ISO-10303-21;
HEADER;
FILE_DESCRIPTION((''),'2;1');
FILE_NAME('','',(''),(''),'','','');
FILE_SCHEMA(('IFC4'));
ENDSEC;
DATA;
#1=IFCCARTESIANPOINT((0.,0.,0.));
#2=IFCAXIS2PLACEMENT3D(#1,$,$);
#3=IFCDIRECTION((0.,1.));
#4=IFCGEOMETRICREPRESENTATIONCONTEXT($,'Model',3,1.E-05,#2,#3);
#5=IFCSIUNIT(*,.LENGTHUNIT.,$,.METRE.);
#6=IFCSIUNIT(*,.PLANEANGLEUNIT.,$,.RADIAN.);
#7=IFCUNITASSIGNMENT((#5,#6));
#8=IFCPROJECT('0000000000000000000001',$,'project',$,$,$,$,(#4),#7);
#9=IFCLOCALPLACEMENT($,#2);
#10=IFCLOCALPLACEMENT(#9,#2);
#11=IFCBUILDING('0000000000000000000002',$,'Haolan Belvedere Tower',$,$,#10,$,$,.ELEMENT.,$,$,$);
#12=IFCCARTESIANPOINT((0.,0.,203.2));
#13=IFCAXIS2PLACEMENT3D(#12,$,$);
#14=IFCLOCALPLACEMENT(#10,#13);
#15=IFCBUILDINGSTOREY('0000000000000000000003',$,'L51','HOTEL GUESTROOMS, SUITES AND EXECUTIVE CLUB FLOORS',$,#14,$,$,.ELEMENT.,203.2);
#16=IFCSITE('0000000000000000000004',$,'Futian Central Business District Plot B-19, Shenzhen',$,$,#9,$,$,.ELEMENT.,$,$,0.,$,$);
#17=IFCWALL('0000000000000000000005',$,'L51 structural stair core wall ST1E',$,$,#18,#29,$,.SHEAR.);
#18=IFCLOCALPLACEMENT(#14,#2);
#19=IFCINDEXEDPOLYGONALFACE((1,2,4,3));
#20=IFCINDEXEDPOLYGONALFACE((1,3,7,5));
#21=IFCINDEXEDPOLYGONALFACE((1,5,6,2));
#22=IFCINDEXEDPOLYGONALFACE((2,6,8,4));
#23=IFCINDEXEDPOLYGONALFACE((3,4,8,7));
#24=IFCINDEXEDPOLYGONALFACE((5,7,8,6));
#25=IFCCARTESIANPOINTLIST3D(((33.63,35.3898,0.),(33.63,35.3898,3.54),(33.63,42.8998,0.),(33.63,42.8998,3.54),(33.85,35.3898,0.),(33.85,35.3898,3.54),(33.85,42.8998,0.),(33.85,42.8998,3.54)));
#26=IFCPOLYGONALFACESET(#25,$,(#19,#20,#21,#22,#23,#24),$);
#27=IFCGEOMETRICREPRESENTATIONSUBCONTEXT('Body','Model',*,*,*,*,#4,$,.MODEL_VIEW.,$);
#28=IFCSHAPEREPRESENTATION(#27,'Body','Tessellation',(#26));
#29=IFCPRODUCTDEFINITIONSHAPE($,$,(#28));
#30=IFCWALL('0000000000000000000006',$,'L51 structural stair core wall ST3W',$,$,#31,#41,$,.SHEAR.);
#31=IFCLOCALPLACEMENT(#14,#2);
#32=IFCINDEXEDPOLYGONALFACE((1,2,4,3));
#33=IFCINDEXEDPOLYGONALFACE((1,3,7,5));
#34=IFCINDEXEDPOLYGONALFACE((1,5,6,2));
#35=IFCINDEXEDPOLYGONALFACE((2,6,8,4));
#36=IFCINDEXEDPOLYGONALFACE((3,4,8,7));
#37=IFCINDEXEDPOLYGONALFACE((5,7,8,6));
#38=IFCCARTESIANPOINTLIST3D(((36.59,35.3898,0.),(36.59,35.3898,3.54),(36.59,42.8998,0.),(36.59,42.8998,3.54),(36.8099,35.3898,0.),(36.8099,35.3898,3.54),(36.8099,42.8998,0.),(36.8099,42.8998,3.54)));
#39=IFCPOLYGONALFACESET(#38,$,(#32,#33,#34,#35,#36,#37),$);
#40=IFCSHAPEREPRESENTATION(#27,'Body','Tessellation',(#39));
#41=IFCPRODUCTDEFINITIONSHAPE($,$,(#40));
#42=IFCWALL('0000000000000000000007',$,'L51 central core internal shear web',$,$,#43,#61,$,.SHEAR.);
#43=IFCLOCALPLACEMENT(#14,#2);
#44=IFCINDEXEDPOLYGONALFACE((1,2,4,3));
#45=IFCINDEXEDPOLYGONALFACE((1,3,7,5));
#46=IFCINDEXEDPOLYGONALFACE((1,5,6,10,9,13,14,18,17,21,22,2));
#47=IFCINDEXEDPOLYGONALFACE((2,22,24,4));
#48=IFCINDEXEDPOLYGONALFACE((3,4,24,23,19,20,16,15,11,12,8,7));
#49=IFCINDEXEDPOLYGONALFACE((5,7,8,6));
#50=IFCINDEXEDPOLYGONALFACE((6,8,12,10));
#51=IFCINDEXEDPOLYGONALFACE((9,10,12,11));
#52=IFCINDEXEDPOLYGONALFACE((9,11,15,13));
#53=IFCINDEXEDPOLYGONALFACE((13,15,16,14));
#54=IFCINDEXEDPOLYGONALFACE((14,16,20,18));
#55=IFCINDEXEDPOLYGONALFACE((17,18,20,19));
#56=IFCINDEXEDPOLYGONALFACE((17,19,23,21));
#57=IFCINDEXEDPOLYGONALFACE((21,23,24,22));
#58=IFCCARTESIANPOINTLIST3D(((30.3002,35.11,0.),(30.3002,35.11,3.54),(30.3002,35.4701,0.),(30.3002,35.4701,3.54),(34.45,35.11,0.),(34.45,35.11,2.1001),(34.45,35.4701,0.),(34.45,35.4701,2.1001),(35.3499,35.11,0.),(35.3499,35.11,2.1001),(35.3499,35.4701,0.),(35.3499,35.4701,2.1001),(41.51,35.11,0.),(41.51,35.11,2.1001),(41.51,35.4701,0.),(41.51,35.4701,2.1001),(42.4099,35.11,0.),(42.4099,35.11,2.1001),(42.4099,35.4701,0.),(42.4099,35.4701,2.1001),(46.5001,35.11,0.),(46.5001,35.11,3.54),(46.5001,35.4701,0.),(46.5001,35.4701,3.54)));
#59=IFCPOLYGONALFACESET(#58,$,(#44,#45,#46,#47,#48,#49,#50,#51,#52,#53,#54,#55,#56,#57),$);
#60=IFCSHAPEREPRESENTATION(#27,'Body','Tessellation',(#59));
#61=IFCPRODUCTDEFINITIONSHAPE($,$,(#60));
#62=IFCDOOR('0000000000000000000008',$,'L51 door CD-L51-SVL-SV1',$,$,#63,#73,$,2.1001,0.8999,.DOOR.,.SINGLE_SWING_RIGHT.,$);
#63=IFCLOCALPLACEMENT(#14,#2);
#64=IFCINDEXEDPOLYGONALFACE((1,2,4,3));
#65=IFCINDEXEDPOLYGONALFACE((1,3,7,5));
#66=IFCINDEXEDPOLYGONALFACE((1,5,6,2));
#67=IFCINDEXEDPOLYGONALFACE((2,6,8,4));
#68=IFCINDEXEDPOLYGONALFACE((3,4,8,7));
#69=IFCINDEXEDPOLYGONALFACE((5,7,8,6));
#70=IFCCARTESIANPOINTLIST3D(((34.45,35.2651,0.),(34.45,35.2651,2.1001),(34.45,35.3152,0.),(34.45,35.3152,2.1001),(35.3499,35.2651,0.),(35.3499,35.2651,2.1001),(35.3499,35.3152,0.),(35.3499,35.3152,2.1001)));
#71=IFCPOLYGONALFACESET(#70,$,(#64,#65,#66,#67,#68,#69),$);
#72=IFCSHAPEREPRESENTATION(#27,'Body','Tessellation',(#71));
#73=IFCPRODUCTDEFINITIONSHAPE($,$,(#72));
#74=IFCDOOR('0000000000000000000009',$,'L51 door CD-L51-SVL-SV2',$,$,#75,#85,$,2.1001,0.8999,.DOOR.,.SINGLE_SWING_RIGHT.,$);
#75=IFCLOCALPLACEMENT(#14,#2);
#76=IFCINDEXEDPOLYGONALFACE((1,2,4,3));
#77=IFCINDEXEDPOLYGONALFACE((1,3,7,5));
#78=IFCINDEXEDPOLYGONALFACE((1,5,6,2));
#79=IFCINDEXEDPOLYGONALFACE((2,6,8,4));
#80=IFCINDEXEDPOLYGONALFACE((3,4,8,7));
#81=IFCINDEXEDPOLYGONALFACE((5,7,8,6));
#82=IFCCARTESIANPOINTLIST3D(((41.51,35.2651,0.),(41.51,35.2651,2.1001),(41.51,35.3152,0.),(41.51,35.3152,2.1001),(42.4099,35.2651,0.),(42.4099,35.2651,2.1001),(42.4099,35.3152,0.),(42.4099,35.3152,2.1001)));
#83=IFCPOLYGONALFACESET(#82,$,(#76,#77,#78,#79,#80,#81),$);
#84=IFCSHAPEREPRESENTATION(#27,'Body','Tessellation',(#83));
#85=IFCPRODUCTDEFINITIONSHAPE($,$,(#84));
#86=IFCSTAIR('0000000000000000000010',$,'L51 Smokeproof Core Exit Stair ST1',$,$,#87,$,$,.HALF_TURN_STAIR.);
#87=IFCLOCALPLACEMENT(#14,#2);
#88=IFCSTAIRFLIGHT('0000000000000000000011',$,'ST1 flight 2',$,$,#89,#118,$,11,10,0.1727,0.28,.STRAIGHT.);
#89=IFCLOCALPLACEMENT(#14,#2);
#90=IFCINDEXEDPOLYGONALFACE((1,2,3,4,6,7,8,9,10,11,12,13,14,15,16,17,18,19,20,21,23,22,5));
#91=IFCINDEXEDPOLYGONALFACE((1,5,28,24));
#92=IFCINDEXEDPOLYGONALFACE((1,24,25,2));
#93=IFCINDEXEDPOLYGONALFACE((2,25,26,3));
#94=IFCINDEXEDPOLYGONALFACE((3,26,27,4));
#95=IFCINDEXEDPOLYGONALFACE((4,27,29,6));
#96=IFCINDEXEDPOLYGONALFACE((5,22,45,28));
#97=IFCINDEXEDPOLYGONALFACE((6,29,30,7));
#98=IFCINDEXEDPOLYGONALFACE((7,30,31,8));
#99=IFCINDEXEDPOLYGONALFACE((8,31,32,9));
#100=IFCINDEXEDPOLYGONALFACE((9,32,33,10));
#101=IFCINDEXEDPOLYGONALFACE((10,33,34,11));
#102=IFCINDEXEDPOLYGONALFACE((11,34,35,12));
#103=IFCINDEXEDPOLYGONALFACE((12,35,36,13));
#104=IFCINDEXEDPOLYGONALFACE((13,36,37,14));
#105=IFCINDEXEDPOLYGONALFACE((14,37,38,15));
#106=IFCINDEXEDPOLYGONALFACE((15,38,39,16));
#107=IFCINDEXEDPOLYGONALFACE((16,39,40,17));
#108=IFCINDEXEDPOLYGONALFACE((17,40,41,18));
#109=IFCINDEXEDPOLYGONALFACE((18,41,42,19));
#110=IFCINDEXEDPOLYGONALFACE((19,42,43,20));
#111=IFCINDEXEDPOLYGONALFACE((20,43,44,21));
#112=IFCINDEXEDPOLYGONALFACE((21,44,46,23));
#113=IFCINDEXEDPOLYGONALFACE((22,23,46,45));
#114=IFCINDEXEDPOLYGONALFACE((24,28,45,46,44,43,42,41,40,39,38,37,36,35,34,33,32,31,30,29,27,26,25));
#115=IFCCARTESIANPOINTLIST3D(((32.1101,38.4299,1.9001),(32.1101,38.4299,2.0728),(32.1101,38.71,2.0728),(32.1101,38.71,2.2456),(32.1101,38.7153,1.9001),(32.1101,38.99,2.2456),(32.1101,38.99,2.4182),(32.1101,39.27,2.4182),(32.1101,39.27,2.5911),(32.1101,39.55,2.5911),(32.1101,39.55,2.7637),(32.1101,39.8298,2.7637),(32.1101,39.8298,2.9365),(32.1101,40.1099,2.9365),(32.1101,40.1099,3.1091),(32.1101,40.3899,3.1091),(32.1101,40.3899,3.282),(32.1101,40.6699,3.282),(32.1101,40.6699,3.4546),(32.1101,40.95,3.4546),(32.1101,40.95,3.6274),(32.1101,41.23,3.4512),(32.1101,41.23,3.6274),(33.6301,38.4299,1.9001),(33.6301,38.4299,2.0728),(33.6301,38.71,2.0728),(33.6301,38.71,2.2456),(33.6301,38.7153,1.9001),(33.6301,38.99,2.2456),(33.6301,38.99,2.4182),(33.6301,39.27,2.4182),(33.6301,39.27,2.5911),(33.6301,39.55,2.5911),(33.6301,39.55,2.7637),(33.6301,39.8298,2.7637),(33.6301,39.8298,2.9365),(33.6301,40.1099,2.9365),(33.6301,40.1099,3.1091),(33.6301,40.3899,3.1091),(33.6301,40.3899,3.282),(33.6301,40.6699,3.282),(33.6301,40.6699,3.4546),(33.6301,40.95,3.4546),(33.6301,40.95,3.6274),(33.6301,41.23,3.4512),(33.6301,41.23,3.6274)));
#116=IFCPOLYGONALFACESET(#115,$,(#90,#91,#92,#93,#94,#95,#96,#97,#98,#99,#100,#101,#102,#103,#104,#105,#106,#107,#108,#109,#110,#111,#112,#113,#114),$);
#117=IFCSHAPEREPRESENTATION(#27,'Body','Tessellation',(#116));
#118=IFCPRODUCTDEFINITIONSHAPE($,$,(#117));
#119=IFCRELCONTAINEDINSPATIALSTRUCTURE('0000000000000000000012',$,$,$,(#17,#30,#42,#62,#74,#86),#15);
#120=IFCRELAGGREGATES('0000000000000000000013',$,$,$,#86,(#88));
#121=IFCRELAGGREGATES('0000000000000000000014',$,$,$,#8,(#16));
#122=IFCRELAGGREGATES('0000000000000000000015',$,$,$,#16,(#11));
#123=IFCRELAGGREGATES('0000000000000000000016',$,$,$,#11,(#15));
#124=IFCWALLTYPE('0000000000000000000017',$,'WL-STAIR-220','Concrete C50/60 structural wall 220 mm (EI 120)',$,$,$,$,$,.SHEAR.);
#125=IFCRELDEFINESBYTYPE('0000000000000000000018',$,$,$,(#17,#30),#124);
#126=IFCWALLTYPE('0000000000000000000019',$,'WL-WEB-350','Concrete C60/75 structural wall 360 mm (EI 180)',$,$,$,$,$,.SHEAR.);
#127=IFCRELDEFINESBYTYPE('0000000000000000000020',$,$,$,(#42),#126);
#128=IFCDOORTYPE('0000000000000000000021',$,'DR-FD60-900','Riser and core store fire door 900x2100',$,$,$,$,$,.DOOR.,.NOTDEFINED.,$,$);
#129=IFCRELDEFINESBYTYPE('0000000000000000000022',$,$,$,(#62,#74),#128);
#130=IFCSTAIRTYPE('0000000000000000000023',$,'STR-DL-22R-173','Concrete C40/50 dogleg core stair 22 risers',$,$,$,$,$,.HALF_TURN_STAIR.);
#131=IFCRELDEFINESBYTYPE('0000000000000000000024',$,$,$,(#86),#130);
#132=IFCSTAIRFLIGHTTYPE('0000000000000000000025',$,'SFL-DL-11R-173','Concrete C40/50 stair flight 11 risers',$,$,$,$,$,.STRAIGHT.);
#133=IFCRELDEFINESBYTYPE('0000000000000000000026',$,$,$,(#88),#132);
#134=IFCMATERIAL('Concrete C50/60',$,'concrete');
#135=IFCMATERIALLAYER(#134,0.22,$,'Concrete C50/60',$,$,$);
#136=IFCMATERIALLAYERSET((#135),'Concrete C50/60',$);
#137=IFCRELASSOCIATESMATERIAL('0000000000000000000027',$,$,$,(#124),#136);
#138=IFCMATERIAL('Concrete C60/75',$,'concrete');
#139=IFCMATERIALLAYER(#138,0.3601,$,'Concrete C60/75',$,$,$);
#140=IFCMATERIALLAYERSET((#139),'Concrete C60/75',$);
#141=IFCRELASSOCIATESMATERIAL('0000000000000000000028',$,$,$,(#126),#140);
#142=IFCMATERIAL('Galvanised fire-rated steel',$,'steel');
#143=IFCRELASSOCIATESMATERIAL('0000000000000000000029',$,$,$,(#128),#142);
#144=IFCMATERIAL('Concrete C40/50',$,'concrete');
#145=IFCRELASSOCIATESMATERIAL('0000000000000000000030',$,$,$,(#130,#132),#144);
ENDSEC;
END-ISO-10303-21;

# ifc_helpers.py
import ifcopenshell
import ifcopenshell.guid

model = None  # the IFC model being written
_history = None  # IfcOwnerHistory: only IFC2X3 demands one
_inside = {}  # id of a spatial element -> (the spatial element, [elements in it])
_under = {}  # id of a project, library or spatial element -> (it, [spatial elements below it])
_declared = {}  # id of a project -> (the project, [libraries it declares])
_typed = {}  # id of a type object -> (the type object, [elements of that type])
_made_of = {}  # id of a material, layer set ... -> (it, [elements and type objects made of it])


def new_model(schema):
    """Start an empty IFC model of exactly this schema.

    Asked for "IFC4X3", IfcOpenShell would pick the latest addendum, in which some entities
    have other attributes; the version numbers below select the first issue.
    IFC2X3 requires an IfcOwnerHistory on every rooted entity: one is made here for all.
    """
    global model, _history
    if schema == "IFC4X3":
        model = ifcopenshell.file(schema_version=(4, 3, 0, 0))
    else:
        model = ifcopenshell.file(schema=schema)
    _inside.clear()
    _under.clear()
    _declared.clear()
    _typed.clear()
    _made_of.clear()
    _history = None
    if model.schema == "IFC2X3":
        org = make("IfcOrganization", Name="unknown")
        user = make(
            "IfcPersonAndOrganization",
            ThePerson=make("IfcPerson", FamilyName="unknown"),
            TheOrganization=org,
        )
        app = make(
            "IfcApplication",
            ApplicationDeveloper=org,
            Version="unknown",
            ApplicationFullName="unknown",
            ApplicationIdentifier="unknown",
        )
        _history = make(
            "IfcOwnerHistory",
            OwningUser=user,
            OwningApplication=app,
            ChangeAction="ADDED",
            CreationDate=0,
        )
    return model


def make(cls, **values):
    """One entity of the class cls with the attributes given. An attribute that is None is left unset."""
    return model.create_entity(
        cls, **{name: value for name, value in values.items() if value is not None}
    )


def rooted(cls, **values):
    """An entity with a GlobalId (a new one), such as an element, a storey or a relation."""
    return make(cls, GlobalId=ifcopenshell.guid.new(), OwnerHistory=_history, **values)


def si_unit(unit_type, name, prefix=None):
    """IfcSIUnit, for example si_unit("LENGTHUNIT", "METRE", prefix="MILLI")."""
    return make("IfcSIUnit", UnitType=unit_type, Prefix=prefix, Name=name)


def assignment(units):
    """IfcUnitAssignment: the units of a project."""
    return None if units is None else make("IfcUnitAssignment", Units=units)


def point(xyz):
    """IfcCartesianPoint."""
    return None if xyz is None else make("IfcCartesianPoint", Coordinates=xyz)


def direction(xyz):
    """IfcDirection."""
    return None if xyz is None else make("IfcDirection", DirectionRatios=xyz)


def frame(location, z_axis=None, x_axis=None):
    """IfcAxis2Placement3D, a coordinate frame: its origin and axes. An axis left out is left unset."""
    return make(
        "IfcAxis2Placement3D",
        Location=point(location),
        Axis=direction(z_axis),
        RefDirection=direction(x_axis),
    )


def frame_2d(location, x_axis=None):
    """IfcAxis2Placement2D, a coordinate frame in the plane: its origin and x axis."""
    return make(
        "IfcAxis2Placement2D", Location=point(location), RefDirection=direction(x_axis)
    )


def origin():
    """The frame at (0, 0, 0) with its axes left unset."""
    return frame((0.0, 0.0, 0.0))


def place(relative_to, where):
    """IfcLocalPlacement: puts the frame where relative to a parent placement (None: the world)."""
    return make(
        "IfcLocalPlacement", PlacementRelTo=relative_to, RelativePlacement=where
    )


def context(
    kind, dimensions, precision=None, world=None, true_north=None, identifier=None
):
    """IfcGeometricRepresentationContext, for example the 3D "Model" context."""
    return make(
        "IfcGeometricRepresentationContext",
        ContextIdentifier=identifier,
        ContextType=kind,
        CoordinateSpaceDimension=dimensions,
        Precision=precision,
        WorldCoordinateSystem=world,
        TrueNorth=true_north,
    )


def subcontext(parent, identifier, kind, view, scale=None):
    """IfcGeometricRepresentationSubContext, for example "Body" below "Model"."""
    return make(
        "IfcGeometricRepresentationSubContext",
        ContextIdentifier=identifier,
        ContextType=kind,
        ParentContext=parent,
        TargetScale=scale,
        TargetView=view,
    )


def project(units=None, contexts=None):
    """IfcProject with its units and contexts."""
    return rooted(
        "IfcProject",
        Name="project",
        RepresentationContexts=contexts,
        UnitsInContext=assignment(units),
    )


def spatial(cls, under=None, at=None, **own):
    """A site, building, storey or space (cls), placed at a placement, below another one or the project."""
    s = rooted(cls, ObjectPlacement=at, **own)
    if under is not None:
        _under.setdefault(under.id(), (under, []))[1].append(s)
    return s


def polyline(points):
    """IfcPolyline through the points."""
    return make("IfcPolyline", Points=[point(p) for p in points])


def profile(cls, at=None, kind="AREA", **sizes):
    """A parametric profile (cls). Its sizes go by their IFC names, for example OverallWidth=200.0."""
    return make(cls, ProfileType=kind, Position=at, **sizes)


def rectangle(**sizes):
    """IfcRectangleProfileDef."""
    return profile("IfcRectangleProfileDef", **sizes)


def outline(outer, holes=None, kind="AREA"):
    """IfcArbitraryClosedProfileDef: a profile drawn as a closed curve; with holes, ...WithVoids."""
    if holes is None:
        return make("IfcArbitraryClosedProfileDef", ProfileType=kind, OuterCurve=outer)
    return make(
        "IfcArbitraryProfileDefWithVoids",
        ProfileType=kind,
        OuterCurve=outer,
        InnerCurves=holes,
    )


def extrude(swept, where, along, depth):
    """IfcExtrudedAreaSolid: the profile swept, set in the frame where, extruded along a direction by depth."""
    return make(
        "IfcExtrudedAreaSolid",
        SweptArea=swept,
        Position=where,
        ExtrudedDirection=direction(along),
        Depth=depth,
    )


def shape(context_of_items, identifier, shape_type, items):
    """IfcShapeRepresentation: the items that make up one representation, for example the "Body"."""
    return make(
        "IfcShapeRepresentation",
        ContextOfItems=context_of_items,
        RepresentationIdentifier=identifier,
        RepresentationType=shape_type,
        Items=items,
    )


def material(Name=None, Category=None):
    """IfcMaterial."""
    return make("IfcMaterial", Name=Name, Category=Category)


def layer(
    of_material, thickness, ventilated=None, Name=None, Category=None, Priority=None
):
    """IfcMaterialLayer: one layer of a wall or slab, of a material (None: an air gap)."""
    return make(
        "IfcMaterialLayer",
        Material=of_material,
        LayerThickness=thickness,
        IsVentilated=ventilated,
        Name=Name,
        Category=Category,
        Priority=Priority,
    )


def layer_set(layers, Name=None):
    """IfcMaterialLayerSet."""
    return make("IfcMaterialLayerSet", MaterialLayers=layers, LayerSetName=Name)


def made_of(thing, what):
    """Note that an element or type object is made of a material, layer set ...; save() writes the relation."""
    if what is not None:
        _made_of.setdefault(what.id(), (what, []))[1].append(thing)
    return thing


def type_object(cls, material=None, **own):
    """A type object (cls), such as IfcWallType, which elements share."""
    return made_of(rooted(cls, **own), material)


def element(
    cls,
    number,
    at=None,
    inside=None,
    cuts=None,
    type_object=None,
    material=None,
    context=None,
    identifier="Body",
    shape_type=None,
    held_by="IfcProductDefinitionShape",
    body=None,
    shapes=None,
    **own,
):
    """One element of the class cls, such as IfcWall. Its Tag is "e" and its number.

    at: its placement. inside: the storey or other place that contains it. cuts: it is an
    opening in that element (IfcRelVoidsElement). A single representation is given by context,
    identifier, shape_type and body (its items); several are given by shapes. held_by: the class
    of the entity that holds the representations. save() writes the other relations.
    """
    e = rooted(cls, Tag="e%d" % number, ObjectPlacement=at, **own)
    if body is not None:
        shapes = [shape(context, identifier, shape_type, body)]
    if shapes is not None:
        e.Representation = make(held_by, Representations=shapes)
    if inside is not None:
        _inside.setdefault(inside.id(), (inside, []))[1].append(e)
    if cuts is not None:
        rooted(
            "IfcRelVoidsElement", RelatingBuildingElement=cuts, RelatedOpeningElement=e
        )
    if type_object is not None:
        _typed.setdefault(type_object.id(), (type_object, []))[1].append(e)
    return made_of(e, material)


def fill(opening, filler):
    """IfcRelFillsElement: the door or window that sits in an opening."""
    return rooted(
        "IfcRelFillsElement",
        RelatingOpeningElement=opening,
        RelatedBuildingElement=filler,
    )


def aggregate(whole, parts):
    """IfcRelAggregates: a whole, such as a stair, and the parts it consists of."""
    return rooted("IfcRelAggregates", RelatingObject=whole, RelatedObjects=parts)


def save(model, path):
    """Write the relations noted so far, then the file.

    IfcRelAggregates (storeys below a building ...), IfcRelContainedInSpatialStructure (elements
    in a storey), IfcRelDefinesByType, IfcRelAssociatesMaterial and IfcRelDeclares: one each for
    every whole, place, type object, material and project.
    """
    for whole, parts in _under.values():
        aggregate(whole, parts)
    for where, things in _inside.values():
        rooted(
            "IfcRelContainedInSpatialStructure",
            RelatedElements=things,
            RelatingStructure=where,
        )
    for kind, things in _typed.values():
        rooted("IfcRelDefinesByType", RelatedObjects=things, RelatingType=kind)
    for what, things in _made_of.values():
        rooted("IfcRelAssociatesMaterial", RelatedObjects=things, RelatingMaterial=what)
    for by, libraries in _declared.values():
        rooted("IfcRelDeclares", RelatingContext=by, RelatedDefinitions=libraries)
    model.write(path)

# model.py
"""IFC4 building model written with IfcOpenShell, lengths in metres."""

from ifc_helpers import new_model, si_unit, direction, frame, frame_2d, origin, place, context, subcontext, project, spatial, polyline, rectangle, outline, extrude, material, layer, layer_set, type_object, element, fill, aggregate, save


model = new_model("IFC4")

# Units and contexts
model_context = context("Model", 3, precision=1e-05, world=origin(), true_north=direction((0.0, 1.0)))
body_context = subcontext(model_context, "Body", "Model", "MODEL_VIEW")
ifc_project = project(units=[si_unit("LENGTHUNIT", "METRE"), si_unit("PLANEANGLEUNIT", "RADIAN")], contexts=[model_context])

# Site, building, storey
site_placement = place(None, origin())
site = spatial("IfcSite", under=ifc_project, at=site_placement, Name="Futian Central Business District Plot B-19, Shenzhen", CompositionType="ELEMENT", RefElevation=0.0)
building_placement = place(site_placement, origin())
building = spatial("IfcBuilding", under=site, at=building_placement, Name="Haolan Belvedere Tower", CompositionType="ELEMENT")
storey_placement = place(building_placement, frame((0.0, 0.0, 203.2)))
storey = spatial("IfcBuildingStorey", under=building, at=storey_placement, Name="L51", Description="HOTEL GUESTROOMS, SUITES AND EXECUTIVE CLUB FLOORS", CompositionType="ELEMENT", Elevation=203.2)

# Walls
ifc_material_1 = material(Name="Concrete C50/60", Category="concrete")
ifc_layer_1 = layer(ifc_material_1, 0.22, Name="Concrete C50/60")
ifc_layer_set_1 = layer_set([ifc_layer_1], Name="Concrete C50/60")
wall_type_1 = type_object("IfcWallType", Name="WL-STAIR-220", Description="Concrete C50/60 structural wall 220 mm (EI 120)", PredefinedType="SHEAR", material=ifc_layer_set_1)
for number, where, z_axis, x_axis, name in (
    (1, (33.74, 35.3899, 0.0), (0.0, 0.0, 1.0), (0.0, 1.0, 0.0), "L51 structural stair core wall ST1E"),
    (2, (36.7, 35.3899, 0.0), (0.0, 0.0, 1.0), (0.0, 1.0, 0.0), "L51 structural stair core wall ST3W"),
):
    element("IfcWall", number, at=place(storey_placement, frame(where, z_axis=z_axis, x_axis=x_axis)), inside=storey, type_object=wall_type_1, Name=name, PredefinedType="SHEAR", context=body_context, shape_type="SweptSolid", body=[
        extrude(rectangle(XDim=7.51, YDim=0.22, at=frame_2d((3.7549, 0.0))), origin(), (0.0, 0.0, 1.0), 3.54),
    ])

# Wall, openings, doors
ifc_material_2 = material(Name="Concrete C60/75", Category="concrete")
ifc_layer_2 = layer(ifc_material_2, 0.3601, Name="Concrete C60/75")
ifc_layer_set_2 = layer_set([ifc_layer_2], Name="Concrete C60/75")
wall_type_2 = type_object("IfcWallType", Name="WL-WEB-350", Description="Concrete C60/75 structural wall 360 mm (EI 180)", PredefinedType="SHEAR", material=ifc_layer_set_2)
wall_1_placement = place(storey_placement, frame((30.3, 35.29, 0.0), z_axis=(0.0, 0.0, 1.0), x_axis=(1.0, 0.0, 0.0)))
wall_1 = element("IfcWall", 3, at=wall_1_placement, inside=storey, type_object=wall_type_2, Name="L51 central core internal shear web", PredefinedType="SHEAR", context=body_context, shape_type="SweptSolid", body=[
    extrude(rectangle(XDim=16.2, YDim=0.3601, at=frame_2d((8.1001, 0.0))), origin(), (0.0, 0.0, 1.0), 3.54),
])
opening_1_placement = place(wall_1_placement, frame((5.0498, 0.0, 0.0), z_axis=(0.0, 0.0, 1.0), x_axis=(-1.0, 0.0, 0.0)))
opening_1 = element("IfcOpeningElement", 4, at=opening_1_placement, cuts=wall_1, PredefinedType="OPENING", context=body_context, shape_type="SweptSolid", body=[
    extrude(rectangle(XDim=0.8999, YDim=2.1001, at=frame_2d((0.45, 1.05))), frame((0.0, 0.1899, 0.0), z_axis=(0.0, -1.0, 0.0), x_axis=(1.0, 0.0, 0.0)), (0.0, 0.0, 1.0), 0.3801),
])
opening_2_placement = place(wall_1_placement, frame((12.1099, 0.0, 0.0), z_axis=(0.0, 0.0, 1.0), x_axis=(-1.0, 0.0, 0.0)))
opening_2 = element("IfcOpeningElement", 5, at=opening_2_placement, cuts=wall_1, PredefinedType="OPENING", context=body_context, shape_type="SweptSolid", body=[
    extrude(rectangle(XDim=0.8999, YDim=2.1001, at=frame_2d((0.45, 1.05))), frame((0.0, 0.1899, 0.0), z_axis=(0.0, -1.0, 0.0), x_axis=(1.0, 0.0, 0.0)), (0.0, 0.0, 1.0), 0.3801),
])
ifc_material_3 = material(Name="Galvanised fire-rated steel", Category="steel")
door_type_1 = type_object("IfcDoorType", Name="DR-FD60-900", Description="Riser and core store fire door 900x2100", OperationType="NOTDEFINED", PredefinedType="DOOR", material=ifc_material_3)
door_1_placement = place(opening_1_placement, origin())
door_1 = element("IfcDoor", 6, at=door_1_placement, inside=storey, type_object=door_type_1, Name="L51 door CD-L51-SVL-SV1", OperationType="SINGLE_SWING_RIGHT", OverallHeight=2.1001, OverallWidth=0.8999, PredefinedType="DOOR", context=body_context, shape_type="SweptSolid", body=[
    extrude(rectangle(XDim=0.8999, YDim=2.1001, at=frame_2d((0.45, 1.05))), frame((0.0, 0.0249, 0.0), z_axis=(0.0, -1.0, 0.0), x_axis=(1.0, 0.0, 0.0)), (0.0, 0.0, 1.0), 0.05),
])
fill(opening_1, door_1)
door_2_placement = place(opening_2_placement, origin())
door_2 = element("IfcDoor", 7, at=door_2_placement, inside=storey, type_object=door_type_1, Name="L51 door CD-L51-SVL-SV2", OperationType="SINGLE_SWING_RIGHT", OverallHeight=2.1001, OverallWidth=0.8999, PredefinedType="DOOR", context=body_context, shape_type="SweptSolid", body=[
    extrude(rectangle(XDim=0.8999, YDim=2.1001, at=frame_2d((0.45, 1.05))), frame((0.0, 0.0249, 0.0), z_axis=(0.0, -1.0, 0.0), x_axis=(1.0, 0.0, 0.0)), (0.0, 0.0, 1.0), 0.05),
])
fill(opening_2, door_2)

# Stair, stair flight
ifc_material_4 = material(Name="Concrete C40/50", Category="concrete")
stair_type = type_object("IfcStairType", Name="STR-DL-22R-173", Description="Concrete C40/50 dogleg core stair 22 risers", PredefinedType="HALF_TURN_STAIR", material=ifc_material_4)
stair_placement = place(storey_placement, origin())
stair = element("IfcStair", 8, at=stair_placement, inside=storey, type_object=stair_type, Name="L51 Smokeproof Core Exit Stair ST1", PredefinedType="HALF_TURN_STAIR")
stair_flight_type = type_object("IfcStairFlightType", Name="SFL-DL-11R-173", Description="Concrete C40/50 stair flight 11 risers", PredefinedType="STRAIGHT", material=ifc_material_4)
stair_flight_placement = place(storey_placement, frame((32.8701, 38.4299, 1.9001), z_axis=(0.0, 0.0, 1.0), x_axis=(0.0, 1.0, 0.0)))
stair_flight = element("IfcStairFlight", 9, at=stair_flight_placement, type_object=stair_flight_type, Name="ST1 flight 2", NumberOfRisers=11, NumberOfTreads=10, PredefinedType="STRAIGHT", RiserHeight=0.1727, TreadLength=0.28, context=body_context, shape_type="SweptSolid", body=[
    extrude(outline(polyline([(0.0, 0.0), (0.0, 0.1726), (0.28, 0.1726), (0.28, 0.3455), (0.5601, 0.3455), (0.5601, 0.5181), (0.8401, 0.5181), (0.8401, 0.6909), (1.1201, 0.6909), (1.1201, 0.8635), (1.3999, 0.8635), (1.3999, 1.0364), (1.6799, 1.0364), (1.6799, 1.209), (1.96, 1.209), (1.96, 1.3818), (2.24, 1.3818), (2.24, 1.5544), (2.52, 1.5544), (2.52, 1.7273), (2.8, 1.7273), (2.8, 1.8999), (2.8, 1.551), (0.2854, 0.0), (0.0, 0.0)])), frame((0.0, 0.76, 0.0), z_axis=(0.0, -1.0, 0.0), x_axis=(1.0, 0.0, 0.0)), (0.0, 0.0, 1.0), 1.52),
])
aggregate(stair, [stair_flight])

save(model, "model.ifc")
